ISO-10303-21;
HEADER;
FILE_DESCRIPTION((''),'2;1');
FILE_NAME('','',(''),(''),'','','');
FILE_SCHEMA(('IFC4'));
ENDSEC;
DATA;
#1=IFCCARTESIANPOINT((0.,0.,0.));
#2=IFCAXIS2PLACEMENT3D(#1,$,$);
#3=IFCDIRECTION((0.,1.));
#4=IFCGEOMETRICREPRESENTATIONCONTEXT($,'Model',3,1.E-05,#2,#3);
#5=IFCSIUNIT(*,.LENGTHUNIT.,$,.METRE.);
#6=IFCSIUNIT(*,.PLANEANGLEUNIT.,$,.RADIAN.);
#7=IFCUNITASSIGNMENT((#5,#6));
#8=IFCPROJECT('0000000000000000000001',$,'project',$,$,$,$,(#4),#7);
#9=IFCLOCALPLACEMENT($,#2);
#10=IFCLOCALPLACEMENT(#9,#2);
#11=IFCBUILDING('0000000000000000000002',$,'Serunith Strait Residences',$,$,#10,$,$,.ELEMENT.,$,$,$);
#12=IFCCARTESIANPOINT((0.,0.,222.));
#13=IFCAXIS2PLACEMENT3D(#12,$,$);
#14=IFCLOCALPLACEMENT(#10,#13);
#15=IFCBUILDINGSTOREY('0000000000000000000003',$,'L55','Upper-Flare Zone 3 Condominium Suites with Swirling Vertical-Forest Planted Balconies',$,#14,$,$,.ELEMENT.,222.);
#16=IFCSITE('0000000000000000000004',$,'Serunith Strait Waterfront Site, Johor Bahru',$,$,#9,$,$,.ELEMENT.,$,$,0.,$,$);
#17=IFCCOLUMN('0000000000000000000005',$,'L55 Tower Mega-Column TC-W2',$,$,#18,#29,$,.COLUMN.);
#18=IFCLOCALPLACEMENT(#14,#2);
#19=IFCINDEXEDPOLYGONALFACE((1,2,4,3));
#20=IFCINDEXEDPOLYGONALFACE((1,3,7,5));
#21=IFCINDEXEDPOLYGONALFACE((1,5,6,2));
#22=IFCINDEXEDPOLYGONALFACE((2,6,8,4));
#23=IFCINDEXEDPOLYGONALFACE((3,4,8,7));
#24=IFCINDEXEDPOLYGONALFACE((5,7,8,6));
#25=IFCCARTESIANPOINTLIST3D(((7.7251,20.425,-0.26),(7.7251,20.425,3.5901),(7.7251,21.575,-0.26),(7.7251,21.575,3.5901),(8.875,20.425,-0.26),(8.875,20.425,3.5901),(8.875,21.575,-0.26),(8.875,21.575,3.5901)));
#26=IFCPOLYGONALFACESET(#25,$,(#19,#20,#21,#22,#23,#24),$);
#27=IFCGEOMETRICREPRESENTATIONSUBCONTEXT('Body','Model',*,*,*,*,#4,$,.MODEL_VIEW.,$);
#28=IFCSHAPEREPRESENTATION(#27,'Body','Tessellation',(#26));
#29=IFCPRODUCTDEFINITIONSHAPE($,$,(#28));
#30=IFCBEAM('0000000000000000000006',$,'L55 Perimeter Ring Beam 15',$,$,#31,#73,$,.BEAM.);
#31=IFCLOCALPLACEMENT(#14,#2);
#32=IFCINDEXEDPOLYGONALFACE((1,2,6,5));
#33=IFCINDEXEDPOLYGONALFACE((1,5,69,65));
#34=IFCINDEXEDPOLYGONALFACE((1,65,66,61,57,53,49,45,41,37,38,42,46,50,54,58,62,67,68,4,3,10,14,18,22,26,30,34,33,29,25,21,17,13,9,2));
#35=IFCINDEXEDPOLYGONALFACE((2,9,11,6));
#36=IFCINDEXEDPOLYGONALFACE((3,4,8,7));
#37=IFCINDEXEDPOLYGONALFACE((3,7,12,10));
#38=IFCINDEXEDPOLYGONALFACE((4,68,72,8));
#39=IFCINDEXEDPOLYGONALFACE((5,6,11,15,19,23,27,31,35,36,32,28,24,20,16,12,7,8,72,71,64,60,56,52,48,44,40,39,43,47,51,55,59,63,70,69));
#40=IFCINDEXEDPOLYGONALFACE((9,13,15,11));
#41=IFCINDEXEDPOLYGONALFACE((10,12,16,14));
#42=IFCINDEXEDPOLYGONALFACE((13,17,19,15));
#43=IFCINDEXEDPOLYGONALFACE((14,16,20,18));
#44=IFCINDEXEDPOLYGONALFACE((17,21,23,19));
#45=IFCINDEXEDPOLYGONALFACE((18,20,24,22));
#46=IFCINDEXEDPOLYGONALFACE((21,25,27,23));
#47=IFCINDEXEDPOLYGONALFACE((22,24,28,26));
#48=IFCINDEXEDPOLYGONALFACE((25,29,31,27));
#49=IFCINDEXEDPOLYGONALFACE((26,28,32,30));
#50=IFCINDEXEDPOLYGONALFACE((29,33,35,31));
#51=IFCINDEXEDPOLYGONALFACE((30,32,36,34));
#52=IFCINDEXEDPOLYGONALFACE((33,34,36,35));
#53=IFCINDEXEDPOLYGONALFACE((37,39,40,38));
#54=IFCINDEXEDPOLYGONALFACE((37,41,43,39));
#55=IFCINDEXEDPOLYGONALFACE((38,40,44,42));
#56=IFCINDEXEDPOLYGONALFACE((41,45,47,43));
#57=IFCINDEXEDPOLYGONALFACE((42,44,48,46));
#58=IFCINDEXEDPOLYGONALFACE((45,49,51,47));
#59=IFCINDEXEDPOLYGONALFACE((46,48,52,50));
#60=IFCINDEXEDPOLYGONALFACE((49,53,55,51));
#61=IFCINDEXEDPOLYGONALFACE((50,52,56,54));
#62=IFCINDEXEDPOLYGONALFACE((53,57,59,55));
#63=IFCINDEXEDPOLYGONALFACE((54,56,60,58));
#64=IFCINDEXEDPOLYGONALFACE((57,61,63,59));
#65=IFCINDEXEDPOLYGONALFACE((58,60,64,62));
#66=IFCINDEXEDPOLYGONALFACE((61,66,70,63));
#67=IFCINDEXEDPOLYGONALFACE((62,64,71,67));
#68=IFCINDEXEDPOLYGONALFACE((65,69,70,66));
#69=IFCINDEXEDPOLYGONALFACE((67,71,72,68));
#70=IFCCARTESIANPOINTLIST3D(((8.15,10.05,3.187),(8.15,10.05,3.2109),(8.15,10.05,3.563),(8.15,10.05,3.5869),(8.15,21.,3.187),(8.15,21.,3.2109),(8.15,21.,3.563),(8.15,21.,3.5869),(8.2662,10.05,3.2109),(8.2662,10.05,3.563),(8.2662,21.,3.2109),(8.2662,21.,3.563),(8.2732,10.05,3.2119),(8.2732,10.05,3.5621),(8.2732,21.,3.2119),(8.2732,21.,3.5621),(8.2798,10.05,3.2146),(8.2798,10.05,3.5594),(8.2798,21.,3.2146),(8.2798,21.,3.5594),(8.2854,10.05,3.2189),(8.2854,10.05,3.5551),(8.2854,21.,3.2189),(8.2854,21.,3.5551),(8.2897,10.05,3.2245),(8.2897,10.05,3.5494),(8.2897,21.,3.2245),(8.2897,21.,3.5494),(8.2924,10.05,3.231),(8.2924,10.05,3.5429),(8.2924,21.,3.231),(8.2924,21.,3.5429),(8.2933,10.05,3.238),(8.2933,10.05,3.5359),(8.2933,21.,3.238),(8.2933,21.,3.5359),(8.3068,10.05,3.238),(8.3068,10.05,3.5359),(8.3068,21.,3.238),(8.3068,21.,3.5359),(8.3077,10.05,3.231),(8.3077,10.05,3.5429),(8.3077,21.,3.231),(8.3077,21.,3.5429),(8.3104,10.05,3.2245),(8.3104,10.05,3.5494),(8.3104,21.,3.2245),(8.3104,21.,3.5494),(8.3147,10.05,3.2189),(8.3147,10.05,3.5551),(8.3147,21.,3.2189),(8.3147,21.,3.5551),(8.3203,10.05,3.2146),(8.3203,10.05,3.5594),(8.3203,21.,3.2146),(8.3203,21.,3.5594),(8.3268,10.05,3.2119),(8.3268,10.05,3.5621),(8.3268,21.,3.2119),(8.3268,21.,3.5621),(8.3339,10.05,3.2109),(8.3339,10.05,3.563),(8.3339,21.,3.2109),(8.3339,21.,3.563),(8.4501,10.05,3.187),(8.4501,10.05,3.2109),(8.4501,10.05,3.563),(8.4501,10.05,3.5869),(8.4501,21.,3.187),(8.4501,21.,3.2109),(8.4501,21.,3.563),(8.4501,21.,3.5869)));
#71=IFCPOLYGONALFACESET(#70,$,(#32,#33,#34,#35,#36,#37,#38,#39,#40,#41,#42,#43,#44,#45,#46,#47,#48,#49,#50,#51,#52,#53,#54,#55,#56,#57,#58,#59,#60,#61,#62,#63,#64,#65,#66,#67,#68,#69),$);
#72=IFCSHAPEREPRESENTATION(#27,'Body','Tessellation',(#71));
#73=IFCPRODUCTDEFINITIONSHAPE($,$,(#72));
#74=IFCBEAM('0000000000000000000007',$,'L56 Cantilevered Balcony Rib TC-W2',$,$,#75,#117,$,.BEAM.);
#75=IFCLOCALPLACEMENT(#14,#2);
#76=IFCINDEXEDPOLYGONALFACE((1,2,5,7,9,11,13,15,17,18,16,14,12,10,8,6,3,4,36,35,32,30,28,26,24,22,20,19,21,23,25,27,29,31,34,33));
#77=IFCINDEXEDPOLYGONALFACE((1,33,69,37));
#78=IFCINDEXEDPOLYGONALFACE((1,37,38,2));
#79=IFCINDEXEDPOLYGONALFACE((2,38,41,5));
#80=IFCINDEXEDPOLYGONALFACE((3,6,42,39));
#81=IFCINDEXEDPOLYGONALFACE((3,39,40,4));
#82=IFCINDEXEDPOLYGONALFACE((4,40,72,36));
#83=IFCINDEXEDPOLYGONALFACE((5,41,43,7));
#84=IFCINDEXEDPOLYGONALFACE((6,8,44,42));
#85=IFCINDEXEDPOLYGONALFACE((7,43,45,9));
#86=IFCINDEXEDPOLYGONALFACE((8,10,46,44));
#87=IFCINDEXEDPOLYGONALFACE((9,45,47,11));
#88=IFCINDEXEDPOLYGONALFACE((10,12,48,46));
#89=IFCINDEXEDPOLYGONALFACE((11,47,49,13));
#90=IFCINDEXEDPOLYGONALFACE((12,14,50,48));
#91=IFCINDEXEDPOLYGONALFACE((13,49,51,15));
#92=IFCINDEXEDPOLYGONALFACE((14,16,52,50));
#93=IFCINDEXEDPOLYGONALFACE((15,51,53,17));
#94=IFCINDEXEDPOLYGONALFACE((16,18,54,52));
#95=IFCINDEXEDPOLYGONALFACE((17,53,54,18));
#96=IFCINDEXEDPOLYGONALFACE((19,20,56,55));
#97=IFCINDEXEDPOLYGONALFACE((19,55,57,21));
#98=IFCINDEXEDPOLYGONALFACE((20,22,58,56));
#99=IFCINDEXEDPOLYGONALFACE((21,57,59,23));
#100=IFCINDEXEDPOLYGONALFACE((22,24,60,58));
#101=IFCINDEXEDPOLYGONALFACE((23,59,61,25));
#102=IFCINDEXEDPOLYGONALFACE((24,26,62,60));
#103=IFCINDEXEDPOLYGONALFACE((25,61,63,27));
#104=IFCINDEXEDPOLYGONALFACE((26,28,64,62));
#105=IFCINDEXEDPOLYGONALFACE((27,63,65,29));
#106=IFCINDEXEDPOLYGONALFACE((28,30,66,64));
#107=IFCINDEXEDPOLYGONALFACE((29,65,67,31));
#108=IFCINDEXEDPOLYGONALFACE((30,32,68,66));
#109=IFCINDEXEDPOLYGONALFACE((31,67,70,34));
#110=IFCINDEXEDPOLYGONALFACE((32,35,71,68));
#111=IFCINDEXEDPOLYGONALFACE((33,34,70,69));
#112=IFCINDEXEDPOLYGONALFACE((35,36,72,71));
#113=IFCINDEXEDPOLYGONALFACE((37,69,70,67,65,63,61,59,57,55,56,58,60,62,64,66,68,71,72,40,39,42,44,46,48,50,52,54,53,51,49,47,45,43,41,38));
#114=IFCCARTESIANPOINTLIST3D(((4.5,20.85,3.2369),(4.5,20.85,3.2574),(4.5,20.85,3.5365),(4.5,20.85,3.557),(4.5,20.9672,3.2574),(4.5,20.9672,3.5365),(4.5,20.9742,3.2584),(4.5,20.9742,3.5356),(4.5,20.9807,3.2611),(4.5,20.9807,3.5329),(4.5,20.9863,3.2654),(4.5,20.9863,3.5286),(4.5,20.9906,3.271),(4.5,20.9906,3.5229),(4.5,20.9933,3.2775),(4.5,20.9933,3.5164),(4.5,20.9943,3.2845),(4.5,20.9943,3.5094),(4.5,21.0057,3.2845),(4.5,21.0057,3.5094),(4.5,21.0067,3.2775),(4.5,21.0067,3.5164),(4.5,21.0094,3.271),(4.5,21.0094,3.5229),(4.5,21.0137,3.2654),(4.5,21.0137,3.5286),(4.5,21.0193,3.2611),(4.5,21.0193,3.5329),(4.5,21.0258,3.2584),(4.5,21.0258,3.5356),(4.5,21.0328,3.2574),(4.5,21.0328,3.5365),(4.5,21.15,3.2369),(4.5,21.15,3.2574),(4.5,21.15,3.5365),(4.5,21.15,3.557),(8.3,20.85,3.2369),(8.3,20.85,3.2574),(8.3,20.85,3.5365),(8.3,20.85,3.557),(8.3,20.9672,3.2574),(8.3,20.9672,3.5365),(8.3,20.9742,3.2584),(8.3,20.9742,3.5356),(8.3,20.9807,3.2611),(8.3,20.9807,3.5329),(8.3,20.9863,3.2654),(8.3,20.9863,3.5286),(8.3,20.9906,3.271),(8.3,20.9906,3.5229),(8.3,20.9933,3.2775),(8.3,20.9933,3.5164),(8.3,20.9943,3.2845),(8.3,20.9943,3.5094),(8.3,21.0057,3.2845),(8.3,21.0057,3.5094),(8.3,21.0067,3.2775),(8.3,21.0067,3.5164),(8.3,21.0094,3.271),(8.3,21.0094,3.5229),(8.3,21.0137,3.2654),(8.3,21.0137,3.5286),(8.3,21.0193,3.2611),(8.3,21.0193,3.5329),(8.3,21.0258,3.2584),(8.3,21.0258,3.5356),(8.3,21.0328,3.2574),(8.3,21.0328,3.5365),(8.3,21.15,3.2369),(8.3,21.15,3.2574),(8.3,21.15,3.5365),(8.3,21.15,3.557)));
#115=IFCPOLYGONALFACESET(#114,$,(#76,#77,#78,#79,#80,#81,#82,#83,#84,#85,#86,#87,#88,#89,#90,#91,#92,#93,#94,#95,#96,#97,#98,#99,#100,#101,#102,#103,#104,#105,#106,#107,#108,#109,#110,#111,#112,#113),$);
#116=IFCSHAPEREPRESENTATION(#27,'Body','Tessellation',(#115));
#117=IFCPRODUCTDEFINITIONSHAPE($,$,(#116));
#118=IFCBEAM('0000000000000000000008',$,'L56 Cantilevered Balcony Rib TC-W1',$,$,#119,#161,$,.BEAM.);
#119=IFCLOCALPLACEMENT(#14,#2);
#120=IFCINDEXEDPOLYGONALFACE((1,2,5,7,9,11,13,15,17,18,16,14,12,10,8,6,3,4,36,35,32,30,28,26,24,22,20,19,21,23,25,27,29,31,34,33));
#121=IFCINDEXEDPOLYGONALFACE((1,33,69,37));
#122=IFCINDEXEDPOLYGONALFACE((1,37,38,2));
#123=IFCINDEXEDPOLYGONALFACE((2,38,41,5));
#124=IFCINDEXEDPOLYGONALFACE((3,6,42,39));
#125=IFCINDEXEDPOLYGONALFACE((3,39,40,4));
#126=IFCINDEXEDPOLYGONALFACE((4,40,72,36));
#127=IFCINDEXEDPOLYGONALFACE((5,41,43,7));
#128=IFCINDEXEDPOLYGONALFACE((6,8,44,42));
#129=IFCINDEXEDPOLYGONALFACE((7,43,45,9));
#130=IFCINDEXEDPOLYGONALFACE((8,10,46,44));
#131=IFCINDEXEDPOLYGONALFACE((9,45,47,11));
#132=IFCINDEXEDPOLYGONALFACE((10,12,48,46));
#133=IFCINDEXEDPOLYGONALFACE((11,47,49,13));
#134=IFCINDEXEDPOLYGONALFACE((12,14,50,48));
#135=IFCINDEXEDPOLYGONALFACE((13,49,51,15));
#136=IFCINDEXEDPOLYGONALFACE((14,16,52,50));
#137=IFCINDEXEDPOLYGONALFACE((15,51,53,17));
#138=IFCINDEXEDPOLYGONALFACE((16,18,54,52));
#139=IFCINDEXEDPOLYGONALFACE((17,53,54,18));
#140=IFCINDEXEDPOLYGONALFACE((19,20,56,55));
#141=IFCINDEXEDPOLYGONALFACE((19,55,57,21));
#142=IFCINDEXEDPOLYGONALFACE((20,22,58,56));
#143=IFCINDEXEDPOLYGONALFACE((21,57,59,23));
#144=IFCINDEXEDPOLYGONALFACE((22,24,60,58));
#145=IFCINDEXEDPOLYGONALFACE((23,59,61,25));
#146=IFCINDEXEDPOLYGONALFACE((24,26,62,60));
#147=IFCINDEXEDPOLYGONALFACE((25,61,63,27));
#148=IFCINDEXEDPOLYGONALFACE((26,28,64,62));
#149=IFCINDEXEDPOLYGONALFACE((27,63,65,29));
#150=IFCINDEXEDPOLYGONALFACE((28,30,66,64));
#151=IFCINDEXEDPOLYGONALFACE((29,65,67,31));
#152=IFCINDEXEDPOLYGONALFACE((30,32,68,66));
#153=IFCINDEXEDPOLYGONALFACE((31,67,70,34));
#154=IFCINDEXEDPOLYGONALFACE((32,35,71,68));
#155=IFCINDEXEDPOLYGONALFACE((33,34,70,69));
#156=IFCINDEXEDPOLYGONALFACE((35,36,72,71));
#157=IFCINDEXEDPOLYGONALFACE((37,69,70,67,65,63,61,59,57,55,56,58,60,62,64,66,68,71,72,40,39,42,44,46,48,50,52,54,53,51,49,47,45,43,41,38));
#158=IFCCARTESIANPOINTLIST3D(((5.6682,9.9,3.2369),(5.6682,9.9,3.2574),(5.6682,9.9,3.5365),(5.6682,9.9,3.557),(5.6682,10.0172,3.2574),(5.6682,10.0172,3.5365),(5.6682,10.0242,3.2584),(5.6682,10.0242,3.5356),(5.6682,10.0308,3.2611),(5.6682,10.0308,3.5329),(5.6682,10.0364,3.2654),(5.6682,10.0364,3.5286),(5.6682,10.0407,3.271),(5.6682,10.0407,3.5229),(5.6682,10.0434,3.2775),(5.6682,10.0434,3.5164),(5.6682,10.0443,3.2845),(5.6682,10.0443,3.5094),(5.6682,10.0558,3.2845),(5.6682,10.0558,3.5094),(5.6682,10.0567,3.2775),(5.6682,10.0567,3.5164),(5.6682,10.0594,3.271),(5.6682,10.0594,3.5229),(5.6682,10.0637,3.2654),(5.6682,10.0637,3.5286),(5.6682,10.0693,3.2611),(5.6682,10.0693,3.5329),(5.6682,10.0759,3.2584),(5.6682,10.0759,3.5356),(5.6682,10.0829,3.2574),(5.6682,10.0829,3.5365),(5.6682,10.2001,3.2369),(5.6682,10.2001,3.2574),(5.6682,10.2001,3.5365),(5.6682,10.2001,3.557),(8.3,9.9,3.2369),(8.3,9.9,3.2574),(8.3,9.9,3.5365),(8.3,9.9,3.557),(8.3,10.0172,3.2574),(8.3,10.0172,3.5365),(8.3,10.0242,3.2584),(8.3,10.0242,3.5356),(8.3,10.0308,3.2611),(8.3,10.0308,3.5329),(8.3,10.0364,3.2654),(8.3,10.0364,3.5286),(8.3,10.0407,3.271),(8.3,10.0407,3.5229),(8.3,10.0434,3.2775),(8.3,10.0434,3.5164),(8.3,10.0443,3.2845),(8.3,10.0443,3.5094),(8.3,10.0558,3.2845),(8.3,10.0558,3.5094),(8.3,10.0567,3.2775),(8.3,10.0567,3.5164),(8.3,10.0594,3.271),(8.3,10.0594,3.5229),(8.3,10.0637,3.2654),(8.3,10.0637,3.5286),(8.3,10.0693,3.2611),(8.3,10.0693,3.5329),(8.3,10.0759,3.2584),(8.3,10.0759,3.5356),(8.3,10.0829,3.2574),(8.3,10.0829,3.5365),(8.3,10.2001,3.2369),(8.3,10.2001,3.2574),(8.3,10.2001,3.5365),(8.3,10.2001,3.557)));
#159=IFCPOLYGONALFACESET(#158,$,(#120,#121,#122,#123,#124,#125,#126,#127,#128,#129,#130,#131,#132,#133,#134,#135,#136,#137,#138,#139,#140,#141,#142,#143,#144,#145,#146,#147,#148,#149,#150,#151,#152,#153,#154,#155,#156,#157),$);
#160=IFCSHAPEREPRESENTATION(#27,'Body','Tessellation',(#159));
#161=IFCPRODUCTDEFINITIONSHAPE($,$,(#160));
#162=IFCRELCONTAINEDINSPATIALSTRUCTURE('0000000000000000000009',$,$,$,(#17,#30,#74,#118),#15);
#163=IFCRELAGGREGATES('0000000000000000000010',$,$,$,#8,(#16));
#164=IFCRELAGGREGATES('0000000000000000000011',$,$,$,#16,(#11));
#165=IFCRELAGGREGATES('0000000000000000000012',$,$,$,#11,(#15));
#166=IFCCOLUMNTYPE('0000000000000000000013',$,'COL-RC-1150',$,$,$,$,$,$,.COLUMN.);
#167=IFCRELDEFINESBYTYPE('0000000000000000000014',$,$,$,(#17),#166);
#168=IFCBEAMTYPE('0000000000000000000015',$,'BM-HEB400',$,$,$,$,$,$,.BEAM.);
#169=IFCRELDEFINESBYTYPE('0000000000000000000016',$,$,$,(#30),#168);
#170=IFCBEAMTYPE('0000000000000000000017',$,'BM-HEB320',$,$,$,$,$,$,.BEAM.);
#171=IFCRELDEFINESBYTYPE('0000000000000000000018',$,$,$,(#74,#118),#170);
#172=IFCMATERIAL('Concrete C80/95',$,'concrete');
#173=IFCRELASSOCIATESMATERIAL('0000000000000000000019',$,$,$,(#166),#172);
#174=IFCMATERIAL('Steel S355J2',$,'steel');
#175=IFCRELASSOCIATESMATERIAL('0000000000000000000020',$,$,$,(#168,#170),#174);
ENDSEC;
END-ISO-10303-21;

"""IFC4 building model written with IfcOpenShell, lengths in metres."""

from ifc_helpers import new_model, si_unit, direction, frame, origin, origin_2d, place, context, subcontext, project, spatial, rectangle, i_section, extrude, source, transform, mapped, material, material_profile, profile_set, type_object, element, save


model = new_model("IFC4")

# Units and contexts
model_context = context("Model", 3, precision=1e-05, world=origin(), true_north=direction((0.0, 1.0)))
body_context = subcontext(model_context, "Body", "Model", "MODEL_VIEW")
ifc_project = project(units=[si_unit("LENGTHUNIT", "METRE"), si_unit("PLANEANGLEUNIT", "RADIAN")], contexts=[model_context])

# Site, building, storey
site_placement = place(None, origin())
site = spatial("IfcSite", under=ifc_project, at=site_placement, Name="Serunith Strait Waterfront Site, Johor Bahru", CompositionType="ELEMENT", RefElevation=0.0)
building_placement = place(site_placement, origin())
building = spatial("IfcBuilding", under=site, at=building_placement, Name="Serunith Strait Residences", CompositionType="ELEMENT")
storey_placement = place(building_placement, frame((0.0, 0.0, 222.0)))
storey = spatial("IfcBuildingStorey", under=building, at=storey_placement, Name="L55", Description="Upper-Flare Zone 3 Condominium Suites with Swirling Vertical-Forest Planted Balconies", CompositionType="ELEMENT", Elevation=222.0)

# Column
ifc_material_1 = material(Name="Concrete C80/95", Category="concrete")
ifc_material_profile_1 = material_profile(ifc_material_1, rectangle(XDim=1.1499, YDim=1.1499, at=origin_2d()), Name="RC 1150x1150")
ifc_profile_set_1 = profile_set([ifc_material_profile_1], Name="Concrete C80/95")
column_type = type_object("IfcColumnType", Name="COL-RC-1150", PredefinedType="COLUMN", material=ifc_profile_set_1)
shared_shape_1 = source(origin(), body_context, "Body", "SweptSolid", [
    extrude(rectangle(XDim=1.1499, YDim=1.1499, at=origin_2d()), origin(), (0.0, 0.0, 1.0), 3.8501),
])
column_placement = place(storey_placement, frame((8.3, 21.0, -0.26), z_axis=(0.0, 0.0, 1.0), x_axis=(1.0, 0.0, 0.0)))
element("IfcColumn", 1, at=column_placement, inside=storey, type_object=column_type, Name="L55 Tower Mega-Column TC-W2", PredefinedType="COLUMN", context=body_context, shape_type="MappedRepresentation", body=[
    mapped(shared_shape_1, transform((0.0, 0.0, 0.0), scale=1.0)),
])

# Beams
ifc_material_2 = material(Name="Steel S355J2", Category="steel")
ifc_material_profile_2 = material_profile(ifc_material_2, i_section(OverallWidth=0.3, OverallDepth=0.3999, WebThickness=0.0134, FlangeThickness=0.0239, FilletRadius=0.0271, at=origin_2d()), Name="HEB 400")
ifc_profile_set_2 = profile_set([ifc_material_profile_2], Name="Steel S355J2")
beam_type_1 = type_object("IfcBeamType", Name="BM-HEB400", PredefinedType="BEAM", material=ifc_profile_set_2)
shared_shape_2 = source(origin(), body_context, "Body", "SweptSolid", [
    extrude(i_section(OverallWidth=0.3, OverallDepth=0.3999, WebThickness=0.0134, FlangeThickness=0.0239, FilletRadius=0.0271, at=origin_2d()), origin(), (0.0, 0.0, 1.0), 10.95),
])
beam_1_placement = place(storey_placement, frame((8.3, 21.0, 3.387), z_axis=(0.0, -1.0, 0.0), x_axis=(1.0, 0.0, 0.0)))
element("IfcBeam", 2, at=beam_1_placement, inside=storey, type_object=beam_type_1, Name="L55 Perimeter Ring Beam 15", PredefinedType="BEAM", context=body_context, shape_type="MappedRepresentation", body=[
    mapped(shared_shape_2, transform((0.0, 0.0, 0.0), scale=1.0)),
])
ifc_material_profile_3 = material_profile(ifc_material_2, i_section(OverallWidth=0.3, OverallDepth=0.3201, WebThickness=0.0115, FlangeThickness=0.0205, FilletRadius=0.0271, at=origin_2d()), Name="HEB 320")
ifc_profile_set_3 = profile_set([ifc_material_profile_3], Name="Steel S355J2")
beam_type_2 = type_object("IfcBeamType", Name="BM-HEB320", PredefinedType="BEAM", material=ifc_profile_set_3)
shared_shape_3 = source(origin(), body_context, "Body", "SweptSolid", [
    extrude(i_section(OverallWidth=0.3, OverallDepth=0.3201, WebThickness=0.0115, FlangeThickness=0.0205, FilletRadius=0.0271, at=origin_2d()), origin(), (0.0, 0.0, 1.0), 3.8),
])
beam_2_placement = place(storey_placement, frame((8.3, 21.0, 3.397), z_axis=(-1.0, 0.0, 0.0), x_axis=(0.0, -1.0, 0.0)))
element("IfcBeam", 3, at=beam_2_placement, inside=storey, type_object=beam_type_2, Name="L56 Cantilevered Balcony Rib TC-W2", PredefinedType="BEAM", context=body_context, shape_type="MappedRepresentation", body=[
    mapped(shared_shape_3, transform((0.0, 0.0, 0.0), scale=1.0)),
])
shared_shape_4 = source(origin(), body_context, "Body", "SweptSolid", [
    extrude(i_section(OverallWidth=0.3, OverallDepth=0.3201, WebThickness=0.0115, FlangeThickness=0.0205, FilletRadius=0.0271, at=origin_2d()), origin(), (0.0, 0.0, 1.0), 2.6318),
])
beam_3_placement = place(storey_placement, frame((8.3, 10.05, 3.397), z_axis=(-1.0, 0.0, 0.0), x_axis=(0.0, -1.0, 0.0)))
element("IfcBeam", 4, at=beam_3_placement, inside=storey, type_object=beam_type_2, Name="L56 Cantilevered Balcony Rib TC-W1", PredefinedType="BEAM", context=body_context, shape_type="MappedRepresentation", body=[
    mapped(shared_shape_4, transform((0.0, 0.0, 0.0), scale=1.0)),
])

save(model, "model.ifc")
